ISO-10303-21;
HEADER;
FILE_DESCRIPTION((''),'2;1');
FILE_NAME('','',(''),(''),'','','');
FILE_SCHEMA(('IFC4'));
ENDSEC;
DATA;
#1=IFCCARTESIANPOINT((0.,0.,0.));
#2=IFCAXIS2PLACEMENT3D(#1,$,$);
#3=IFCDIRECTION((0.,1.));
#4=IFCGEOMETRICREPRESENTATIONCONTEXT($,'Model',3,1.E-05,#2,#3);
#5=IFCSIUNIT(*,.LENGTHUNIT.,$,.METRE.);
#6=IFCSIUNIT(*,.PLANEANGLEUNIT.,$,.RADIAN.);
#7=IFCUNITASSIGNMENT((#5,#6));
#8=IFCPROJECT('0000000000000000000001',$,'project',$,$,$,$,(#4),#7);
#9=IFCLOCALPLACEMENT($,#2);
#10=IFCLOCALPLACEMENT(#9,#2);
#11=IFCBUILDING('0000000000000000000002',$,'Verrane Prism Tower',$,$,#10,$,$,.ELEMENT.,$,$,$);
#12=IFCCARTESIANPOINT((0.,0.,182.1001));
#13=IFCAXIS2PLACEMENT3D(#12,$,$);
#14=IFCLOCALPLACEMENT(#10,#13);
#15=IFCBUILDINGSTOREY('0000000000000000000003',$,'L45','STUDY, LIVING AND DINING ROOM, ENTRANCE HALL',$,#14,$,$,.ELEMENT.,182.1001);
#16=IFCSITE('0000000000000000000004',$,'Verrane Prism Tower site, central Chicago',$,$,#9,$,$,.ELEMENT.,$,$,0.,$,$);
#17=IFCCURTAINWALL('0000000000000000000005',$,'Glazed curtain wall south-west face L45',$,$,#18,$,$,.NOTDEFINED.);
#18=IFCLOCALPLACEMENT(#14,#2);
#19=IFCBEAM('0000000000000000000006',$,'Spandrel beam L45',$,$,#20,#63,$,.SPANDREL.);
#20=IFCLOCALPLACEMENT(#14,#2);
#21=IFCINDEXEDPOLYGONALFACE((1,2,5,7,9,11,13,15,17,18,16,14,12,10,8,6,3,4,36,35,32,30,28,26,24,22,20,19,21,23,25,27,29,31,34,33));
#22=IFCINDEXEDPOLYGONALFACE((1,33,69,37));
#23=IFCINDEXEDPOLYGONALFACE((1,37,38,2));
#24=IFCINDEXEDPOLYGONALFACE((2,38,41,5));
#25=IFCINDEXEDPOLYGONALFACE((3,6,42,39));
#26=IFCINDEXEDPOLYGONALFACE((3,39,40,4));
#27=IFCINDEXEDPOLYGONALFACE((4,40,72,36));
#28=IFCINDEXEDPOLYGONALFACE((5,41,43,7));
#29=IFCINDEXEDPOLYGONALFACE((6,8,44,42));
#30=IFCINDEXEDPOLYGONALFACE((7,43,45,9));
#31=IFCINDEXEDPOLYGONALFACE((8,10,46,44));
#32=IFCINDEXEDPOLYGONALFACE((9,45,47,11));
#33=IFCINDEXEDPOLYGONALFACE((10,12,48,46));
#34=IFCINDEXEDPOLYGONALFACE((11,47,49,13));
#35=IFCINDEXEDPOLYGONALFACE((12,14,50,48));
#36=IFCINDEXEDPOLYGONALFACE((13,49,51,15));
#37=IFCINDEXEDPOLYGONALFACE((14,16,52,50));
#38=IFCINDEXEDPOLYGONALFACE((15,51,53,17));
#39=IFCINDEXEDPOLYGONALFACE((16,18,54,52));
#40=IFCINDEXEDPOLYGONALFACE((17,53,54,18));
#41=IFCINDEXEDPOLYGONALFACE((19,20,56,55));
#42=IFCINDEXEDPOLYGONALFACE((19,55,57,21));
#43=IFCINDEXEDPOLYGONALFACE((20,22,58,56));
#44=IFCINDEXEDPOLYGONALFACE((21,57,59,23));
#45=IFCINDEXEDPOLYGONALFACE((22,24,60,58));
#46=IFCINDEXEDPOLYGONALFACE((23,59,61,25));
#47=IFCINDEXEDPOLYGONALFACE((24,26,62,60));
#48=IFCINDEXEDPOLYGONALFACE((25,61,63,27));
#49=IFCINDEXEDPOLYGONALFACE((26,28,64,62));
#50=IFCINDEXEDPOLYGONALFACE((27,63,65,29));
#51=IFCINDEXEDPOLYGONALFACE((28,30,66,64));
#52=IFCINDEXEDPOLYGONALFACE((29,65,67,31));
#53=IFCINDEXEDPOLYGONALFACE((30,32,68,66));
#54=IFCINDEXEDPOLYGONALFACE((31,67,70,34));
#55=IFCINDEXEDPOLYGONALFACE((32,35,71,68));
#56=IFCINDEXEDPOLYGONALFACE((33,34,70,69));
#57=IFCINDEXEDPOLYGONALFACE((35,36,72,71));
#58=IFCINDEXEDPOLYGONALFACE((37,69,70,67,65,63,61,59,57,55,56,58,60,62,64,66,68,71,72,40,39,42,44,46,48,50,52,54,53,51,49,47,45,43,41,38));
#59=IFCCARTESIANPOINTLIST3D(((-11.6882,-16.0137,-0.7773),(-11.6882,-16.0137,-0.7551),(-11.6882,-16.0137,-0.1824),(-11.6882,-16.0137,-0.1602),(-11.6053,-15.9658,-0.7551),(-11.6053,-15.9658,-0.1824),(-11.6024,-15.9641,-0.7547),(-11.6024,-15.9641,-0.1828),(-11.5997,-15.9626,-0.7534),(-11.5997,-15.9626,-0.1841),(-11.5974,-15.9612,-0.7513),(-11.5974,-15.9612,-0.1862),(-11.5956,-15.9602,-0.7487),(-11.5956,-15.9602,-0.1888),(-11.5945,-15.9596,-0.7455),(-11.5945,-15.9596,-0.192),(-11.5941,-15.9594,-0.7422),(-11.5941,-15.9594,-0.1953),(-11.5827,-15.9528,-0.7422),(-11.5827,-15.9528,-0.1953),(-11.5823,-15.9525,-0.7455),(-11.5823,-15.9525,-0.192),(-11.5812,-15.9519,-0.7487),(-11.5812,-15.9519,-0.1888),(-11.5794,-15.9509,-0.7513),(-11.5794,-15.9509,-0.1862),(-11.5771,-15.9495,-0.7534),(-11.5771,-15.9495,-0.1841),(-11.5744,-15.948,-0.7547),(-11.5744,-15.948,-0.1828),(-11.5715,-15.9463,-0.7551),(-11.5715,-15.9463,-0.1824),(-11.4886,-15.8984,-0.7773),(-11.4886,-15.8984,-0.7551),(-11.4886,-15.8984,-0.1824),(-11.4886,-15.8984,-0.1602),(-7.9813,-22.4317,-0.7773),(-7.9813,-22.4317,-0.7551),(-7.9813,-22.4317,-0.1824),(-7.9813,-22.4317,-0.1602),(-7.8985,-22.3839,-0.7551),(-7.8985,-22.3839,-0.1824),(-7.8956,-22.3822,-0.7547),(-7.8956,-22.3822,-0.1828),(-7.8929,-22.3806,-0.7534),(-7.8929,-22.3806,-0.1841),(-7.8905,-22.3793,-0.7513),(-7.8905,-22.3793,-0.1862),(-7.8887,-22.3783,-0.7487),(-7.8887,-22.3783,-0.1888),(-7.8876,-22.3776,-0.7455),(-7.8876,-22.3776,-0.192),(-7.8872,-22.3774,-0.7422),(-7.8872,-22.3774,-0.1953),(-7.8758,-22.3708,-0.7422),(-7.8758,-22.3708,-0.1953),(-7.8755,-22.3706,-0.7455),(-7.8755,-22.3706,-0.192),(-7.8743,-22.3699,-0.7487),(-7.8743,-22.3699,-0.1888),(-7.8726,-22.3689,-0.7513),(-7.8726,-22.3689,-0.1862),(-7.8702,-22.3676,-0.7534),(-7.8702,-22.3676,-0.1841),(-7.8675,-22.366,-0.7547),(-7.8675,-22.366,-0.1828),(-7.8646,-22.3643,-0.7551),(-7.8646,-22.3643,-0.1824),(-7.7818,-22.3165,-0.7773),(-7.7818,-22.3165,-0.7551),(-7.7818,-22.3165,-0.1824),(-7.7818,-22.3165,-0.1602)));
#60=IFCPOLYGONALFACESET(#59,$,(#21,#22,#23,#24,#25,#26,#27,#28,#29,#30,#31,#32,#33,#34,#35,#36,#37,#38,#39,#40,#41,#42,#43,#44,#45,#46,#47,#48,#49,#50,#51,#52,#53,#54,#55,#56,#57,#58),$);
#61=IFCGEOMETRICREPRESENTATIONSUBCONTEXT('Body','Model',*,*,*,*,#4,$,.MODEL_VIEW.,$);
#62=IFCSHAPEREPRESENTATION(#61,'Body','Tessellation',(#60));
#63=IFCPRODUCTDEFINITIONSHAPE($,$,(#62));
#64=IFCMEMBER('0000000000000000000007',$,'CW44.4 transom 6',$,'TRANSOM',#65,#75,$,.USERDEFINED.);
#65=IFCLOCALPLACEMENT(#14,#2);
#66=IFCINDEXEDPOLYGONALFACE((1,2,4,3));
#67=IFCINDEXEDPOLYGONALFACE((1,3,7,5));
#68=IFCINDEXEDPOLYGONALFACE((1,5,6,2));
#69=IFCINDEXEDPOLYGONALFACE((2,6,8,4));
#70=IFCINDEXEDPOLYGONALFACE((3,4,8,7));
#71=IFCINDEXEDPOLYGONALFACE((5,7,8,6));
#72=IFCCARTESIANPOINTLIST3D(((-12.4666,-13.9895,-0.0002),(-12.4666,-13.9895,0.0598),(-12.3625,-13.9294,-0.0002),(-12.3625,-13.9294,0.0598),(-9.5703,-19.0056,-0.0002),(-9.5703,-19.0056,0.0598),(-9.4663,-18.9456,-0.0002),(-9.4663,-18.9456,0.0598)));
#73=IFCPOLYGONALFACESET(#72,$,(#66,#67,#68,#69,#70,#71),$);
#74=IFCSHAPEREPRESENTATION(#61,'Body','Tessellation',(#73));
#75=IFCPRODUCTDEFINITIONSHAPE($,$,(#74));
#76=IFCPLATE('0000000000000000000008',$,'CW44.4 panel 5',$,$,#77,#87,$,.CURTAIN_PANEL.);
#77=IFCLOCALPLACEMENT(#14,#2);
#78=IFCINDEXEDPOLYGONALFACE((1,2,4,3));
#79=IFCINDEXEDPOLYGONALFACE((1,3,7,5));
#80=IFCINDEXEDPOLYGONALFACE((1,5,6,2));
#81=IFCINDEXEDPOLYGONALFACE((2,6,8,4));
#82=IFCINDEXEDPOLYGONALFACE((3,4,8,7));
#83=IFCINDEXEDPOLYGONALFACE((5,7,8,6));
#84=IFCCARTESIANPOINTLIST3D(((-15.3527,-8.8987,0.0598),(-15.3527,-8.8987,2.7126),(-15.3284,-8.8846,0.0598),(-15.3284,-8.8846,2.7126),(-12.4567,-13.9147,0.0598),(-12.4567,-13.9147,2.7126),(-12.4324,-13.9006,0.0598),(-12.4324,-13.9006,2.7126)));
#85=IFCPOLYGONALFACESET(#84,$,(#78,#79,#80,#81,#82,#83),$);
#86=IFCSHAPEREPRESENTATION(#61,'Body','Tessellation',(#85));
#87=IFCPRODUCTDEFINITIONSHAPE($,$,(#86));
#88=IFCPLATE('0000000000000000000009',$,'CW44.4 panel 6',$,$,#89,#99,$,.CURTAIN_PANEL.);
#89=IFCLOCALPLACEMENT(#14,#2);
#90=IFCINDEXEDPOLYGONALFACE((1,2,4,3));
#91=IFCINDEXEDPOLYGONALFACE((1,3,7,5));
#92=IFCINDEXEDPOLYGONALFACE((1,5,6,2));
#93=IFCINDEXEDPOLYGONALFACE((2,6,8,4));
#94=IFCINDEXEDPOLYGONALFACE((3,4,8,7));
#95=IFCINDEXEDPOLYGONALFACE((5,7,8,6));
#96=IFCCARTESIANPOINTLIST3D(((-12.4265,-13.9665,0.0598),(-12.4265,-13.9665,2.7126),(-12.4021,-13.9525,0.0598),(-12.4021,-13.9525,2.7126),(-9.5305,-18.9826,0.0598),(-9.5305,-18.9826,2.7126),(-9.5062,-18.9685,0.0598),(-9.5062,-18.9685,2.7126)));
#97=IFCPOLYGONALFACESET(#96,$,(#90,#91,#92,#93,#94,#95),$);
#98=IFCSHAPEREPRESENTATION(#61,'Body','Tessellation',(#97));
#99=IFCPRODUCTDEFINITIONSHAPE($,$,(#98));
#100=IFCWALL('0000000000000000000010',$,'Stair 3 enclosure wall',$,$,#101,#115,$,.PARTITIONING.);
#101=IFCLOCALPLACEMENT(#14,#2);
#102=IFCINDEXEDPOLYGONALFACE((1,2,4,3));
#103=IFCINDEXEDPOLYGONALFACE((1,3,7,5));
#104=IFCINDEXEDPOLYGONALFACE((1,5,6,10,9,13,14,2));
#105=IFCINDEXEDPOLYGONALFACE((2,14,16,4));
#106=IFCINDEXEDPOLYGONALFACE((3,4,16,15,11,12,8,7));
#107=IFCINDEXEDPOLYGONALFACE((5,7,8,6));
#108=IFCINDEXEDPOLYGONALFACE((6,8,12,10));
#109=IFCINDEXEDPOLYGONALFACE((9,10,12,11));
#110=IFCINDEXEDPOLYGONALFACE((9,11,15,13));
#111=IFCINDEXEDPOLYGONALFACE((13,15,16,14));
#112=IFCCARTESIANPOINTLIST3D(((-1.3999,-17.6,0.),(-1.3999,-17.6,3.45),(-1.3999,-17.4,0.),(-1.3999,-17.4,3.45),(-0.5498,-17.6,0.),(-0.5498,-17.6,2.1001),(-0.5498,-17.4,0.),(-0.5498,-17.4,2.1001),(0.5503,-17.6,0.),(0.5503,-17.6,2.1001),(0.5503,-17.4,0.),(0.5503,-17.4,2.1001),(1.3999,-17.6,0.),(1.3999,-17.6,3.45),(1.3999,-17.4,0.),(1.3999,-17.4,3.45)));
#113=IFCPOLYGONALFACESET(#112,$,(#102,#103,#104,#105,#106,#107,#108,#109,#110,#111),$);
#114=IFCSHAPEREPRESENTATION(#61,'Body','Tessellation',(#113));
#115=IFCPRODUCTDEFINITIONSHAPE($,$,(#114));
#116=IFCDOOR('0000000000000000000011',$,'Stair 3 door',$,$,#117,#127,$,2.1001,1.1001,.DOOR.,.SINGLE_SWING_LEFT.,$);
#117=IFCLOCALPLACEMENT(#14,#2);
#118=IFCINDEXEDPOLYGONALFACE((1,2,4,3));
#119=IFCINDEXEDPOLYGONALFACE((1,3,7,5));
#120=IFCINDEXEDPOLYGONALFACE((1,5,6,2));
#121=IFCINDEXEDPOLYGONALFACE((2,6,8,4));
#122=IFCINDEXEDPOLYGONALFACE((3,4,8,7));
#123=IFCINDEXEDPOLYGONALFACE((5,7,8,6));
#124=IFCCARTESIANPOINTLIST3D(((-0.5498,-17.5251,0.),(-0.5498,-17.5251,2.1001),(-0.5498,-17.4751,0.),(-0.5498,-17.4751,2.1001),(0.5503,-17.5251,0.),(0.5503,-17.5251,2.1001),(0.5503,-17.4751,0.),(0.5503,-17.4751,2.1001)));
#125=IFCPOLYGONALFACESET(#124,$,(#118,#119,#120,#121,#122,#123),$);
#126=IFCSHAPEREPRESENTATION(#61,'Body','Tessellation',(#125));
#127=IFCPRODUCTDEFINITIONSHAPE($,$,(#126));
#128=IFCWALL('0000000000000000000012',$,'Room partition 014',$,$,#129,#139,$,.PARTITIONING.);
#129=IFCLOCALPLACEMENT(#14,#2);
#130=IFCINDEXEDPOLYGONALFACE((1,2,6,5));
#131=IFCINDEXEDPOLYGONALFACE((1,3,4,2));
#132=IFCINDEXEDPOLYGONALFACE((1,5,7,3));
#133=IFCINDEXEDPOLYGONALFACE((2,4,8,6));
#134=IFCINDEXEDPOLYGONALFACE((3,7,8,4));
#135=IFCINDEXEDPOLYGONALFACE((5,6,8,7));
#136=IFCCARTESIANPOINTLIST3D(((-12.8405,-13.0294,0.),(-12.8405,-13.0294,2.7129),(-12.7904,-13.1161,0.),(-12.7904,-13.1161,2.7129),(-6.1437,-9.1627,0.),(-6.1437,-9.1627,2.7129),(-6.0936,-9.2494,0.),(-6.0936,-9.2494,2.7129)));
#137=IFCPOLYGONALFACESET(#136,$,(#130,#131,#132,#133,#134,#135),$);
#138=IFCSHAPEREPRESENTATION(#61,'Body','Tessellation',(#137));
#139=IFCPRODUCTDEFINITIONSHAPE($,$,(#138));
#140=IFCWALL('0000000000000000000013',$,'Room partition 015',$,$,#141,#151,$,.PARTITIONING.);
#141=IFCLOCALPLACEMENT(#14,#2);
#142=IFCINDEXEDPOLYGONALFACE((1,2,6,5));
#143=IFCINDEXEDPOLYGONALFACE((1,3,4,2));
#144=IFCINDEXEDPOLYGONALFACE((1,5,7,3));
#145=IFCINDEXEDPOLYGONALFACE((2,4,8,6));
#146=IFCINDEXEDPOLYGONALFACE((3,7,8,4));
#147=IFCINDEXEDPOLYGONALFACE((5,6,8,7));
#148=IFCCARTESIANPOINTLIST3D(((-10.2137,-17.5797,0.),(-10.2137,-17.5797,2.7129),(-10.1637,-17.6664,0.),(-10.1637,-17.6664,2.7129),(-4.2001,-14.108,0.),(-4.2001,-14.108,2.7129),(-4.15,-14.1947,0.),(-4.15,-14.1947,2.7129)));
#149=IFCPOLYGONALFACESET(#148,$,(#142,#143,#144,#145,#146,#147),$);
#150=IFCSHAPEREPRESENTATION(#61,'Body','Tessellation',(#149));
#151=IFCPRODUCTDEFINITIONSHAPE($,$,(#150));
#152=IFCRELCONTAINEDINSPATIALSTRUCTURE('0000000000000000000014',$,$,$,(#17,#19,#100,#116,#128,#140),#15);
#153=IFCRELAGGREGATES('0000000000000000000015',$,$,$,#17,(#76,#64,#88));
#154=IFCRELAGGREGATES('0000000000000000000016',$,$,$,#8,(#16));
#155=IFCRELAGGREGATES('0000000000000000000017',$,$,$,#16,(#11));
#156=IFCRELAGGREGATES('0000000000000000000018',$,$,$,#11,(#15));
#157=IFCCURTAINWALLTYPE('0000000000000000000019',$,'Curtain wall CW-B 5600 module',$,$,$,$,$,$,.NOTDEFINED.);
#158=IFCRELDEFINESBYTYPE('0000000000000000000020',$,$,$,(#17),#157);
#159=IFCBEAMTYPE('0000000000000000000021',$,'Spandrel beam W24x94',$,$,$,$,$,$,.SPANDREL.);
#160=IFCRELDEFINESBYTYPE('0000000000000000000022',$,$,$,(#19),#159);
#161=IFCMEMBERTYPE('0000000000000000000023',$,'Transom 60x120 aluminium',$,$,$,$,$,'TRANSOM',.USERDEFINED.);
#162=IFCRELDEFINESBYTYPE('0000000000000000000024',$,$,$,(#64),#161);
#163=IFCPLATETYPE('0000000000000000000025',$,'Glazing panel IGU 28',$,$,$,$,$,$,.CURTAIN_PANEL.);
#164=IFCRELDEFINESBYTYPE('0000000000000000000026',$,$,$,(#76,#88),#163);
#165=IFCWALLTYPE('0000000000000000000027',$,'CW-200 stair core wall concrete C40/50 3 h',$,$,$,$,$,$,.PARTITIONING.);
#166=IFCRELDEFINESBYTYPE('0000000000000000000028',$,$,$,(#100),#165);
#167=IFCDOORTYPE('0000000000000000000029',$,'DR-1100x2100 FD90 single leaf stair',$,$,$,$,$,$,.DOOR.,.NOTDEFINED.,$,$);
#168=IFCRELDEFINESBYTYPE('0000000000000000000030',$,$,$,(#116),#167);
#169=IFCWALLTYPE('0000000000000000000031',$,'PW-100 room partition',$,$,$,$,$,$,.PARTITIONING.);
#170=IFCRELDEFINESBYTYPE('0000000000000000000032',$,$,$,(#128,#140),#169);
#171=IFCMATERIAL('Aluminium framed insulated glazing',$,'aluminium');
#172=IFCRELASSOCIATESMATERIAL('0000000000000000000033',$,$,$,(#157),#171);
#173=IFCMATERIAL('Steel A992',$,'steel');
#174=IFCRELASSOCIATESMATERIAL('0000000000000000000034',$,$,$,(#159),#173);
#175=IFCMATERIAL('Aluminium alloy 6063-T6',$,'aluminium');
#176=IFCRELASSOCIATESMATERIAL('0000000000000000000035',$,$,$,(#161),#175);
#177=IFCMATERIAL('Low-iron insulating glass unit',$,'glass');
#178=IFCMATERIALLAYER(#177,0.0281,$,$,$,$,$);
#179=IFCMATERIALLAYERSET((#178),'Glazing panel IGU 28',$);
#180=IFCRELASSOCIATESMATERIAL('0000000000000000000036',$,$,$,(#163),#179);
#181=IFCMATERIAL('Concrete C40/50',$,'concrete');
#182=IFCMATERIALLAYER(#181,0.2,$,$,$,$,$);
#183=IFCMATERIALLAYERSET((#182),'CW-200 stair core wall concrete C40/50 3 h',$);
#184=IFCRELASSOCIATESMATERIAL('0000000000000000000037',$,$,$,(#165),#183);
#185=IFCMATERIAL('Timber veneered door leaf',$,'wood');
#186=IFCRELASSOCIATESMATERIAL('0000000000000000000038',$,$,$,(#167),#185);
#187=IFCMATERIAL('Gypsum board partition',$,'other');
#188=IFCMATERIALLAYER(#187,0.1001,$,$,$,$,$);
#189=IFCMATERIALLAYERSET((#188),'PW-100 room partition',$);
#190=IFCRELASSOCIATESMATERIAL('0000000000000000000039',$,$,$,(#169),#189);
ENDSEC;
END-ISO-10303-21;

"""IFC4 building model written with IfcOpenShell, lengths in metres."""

from ifc_helpers import new_model, si_unit, direction, frame, frame_2d, origin, origin_2d, place, context, subcontext, project, spatial, rectangle, i_section, extrude, material, layer, layer_set, material_profile, profile_set, type_object, element, fill, aggregate, save


model = new_model("IFC4")

# Units and contexts
model_context = context("Model", 3, precision=1e-05, world=origin(), true_north=direction((0.0, 1.0)))
body_context = subcontext(model_context, "Body", "Model", "MODEL_VIEW")
ifc_project = project(units=[si_unit("LENGTHUNIT", "METRE"), si_unit("PLANEANGLEUNIT", "RADIAN")], contexts=[model_context])

# Site, building, storey
site_placement = place(None, origin())
site = spatial("IfcSite", under=ifc_project, at=site_placement, Name="Verrane Prism Tower site, central Chicago", CompositionType="ELEMENT", RefElevation=0.0)
building_placement = place(site_placement, origin())
building = spatial("IfcBuilding", under=site, at=building_placement, Name="Verrane Prism Tower", CompositionType="ELEMENT")
storey_placement = place(building_placement, frame((0.0, 0.0, 182.1001)))
storey = spatial("IfcBuildingStorey", under=building, at=storey_placement, Name="L45", Description="STUDY, LIVING AND DINING ROOM, ENTRANCE HALL", CompositionType="ELEMENT", Elevation=182.1001)

# Curtain wall
ifc_material_1 = material(Name="Aluminium framed insulated glazing", Category="aluminium")
curtain_wall_type = type_object("IfcCurtainWallType", Name="Curtain wall CW-B 5600 module", PredefinedType="NOTDEFINED", material=ifc_material_1)
curtain_wall_placement = place(storey_placement, origin())
curtain_wall = element("IfcCurtainWall", 1, at=curtain_wall_placement, inside=storey, type_object=curtain_wall_type, Name="Glazed curtain wall south-west face L45", PredefinedType="NOTDEFINED")

# Beam
ifc_material_2 = material(Name="Steel A992", Category="steel")
ifc_material_profile_1 = material_profile(ifc_material_2, i_section(OverallWidth=0.2305, OverallDepth=0.6172, WebThickness=0.0132, FlangeThickness=0.0222, FilletRadius=0.0129, at=origin_2d()), Name="W24x94")
ifc_profile_set_1 = profile_set([ifc_material_profile_1], Name="Steel A992")
beam_type_1 = type_object("IfcBeamType", Name="Spandrel beam W24x94", PredefinedType="SPANDREL", material=ifc_profile_set_1)
for number, where, z_axis, x_axis, name in (
    (2, (-11.5884, -15.9561, -0.4688), (0.500139, -0.865945, 0.0), (0.865945, 0.500139, 0.0), "Spandrel beam L45"),
):
    element("IfcBeam", number, at=place(storey_placement, frame(where, z_axis=z_axis, x_axis=x_axis)), inside=storey, type_object=beam_type_1, Name=name, PredefinedType="SPANDREL", context=body_context, shape_type="SweptSolid", body=[
        extrude(i_section(OverallWidth=0.2305, OverallDepth=0.6172, WebThickness=0.0132, FlangeThickness=0.0222, FilletRadius=0.0129, at=origin_2d()), origin(), (0.0, 0.0, 1.0), 7.4116),
    ])

# Member
ifc_material_3 = material(Name="Aluminium alloy 6063-T6", Category="aluminium")
ifc_material_profile_2 = material_profile(ifc_material_3, rectangle(XDim=0.1201, YDim=0.0601, at=origin_2d()), Name="Transom 60x120 aluminium")
ifc_profile_set_2 = profile_set([ifc_material_profile_2], Name="Aluminium alloy 6063-T6")
member_type_1 = type_object("IfcMemberType", Name="Transom 60x120 aluminium", ElementType="TRANSOM", PredefinedType="USERDEFINED", material=ifc_profile_set_2)
member_1_placement = place(storey_placement, frame((-12.4146, -13.9595, 0.0298), z_axis=(0.500024, -0.866012, 0.0), x_axis=(0.866012, 0.500024, 0.0)))
member_1 = element("IfcMember", 3, at=member_1_placement, type_object=member_type_1, Name="CW44.4 transom 6", ObjectType="TRANSOM", PredefinedType="USERDEFINED", context=body_context, shape_type="SweptSolid", body=[
    extrude(rectangle(XDim=0.1201, YDim=0.0601, at=origin_2d()), origin(), (0.0, 0.0, 1.0), 5.7922),
])

# Plates
ifc_material_4 = material(Name="Low-iron insulating glass unit", Category="glass")
ifc_layer_1 = layer(ifc_material_4, 0.0281)
ifc_layer_set_1 = layer_set([ifc_layer_1], Name="Glazing panel IGU 28")
plate_type = type_object("IfcPlateType", Name="Glazing panel IGU 28", PredefinedType="CURTAIN_PANEL", material=ifc_layer_set_1)
plate_1_placement = place(storey_placement, frame((-13.8926, -11.3997, 0.0598), z_axis=(0.0, 0.0, 1.0), x_axis=(0.499999, -0.866026, 0.0)))
plate_1 = element("IfcPlate", 4, at=plate_1_placement, type_object=plate_type, Name="CW44.4 panel 5", PredefinedType="CURTAIN_PANEL", context=body_context, shape_type="SweptSolid", body=[
    extrude(rectangle(XDim=5.792, YDim=0.0281, at=origin_2d()), origin(), (0.0, 0.0, 1.0), 2.6528),
])
plate_2_placement = place(storey_placement, frame((-10.9663, -16.4675, 0.0598), z_axis=(0.0, 0.0, 1.0), x_axis=(0.499999, -0.866026, 0.0)))
plate_2 = element("IfcPlate", 5, at=plate_2_placement, type_object=plate_type, Name="CW44.4 panel 6", PredefinedType="CURTAIN_PANEL", context=body_context, shape_type="SweptSolid", body=[
    extrude(rectangle(XDim=5.792, YDim=0.0281, at=origin_2d()), origin(), (0.0, 0.0, 1.0), 2.6528),
])
aggregate(curtain_wall, [plate_1, member_1, plate_2])

# Wall, opening, door
ifc_material_5 = material(Name="Concrete C40/50", Category="concrete")
ifc_layer_2 = layer(ifc_material_5, 0.2)
ifc_layer_set_2 = layer_set([ifc_layer_2], Name="CW-200 stair core wall concrete C40/50 3 h")
wall_type_1 = type_object("IfcWallType", Name="CW-200 stair core wall concrete C40/50 3 h", PredefinedType="PARTITIONING", material=ifc_layer_set_2)
wall_1_placement = place(storey_placement, frame((-1.3999, -17.5, 0.0), z_axis=(0.0, 0.0, 1.0), x_axis=(1.0, 0.0, 0.0)))
wall_1 = element("IfcWall", 6, at=wall_1_placement, inside=storey, type_object=wall_type_1, Name="Stair 3 enclosure wall", PredefinedType="PARTITIONING", context=body_context, shape_type="SweptSolid", body=[
    extrude(rectangle(XDim=2.7998, YDim=0.2, at=frame_2d((1.3999, 0.0))), origin(), (0.0, 0.0, 1.0), 3.45),
])
opening_1_placement = place(wall_1_placement, frame((0.8501, 0.0, 0.0)))
opening_1 = element("IfcOpeningElement", 7, at=opening_1_placement, cuts=wall_1, PredefinedType="OPENING", context=body_context, shape_type="SweptSolid", body=[
    extrude(rectangle(XDim=1.1001, YDim=2.1001, at=frame_2d((0.55, 1.05))), frame((0.0, 0.1099, 0.0), z_axis=(0.0, -1.0, 0.0), x_axis=(1.0, 0.0, 0.0)), (0.0, 0.0, 1.0), 0.22),
])
ifc_material_6 = material(Name="Timber veneered door leaf", Category="wood")
door_type_1 = type_object("IfcDoorType", Name="DR-1100x2100 FD90 single leaf stair", OperationType="NOTDEFINED", PredefinedType="DOOR", material=ifc_material_6)
door_1_placement = place(opening_1_placement, origin())
door_1 = element("IfcDoor", 8, at=door_1_placement, inside=storey, type_object=door_type_1, Name="Stair 3 door", OperationType="SINGLE_SWING_LEFT", OverallHeight=2.1001, OverallWidth=1.1001, PredefinedType="DOOR", context=body_context, shape_type="SweptSolid", body=[
    extrude(rectangle(XDim=1.1001, YDim=2.1001, at=frame_2d((0.55, 1.05))), frame((0.0, 0.0249, 0.0), z_axis=(0.0, -1.0, 0.0), x_axis=(1.0, 0.0, 0.0)), (0.0, 0.0, 1.0), 0.05),
])
fill(opening_1, door_1)

# Walls
ifc_material_7 = material(Name="Gypsum board partition", Category="other")
ifc_layer_3 = layer(ifc_material_7, 0.1001)
ifc_layer_set_3 = layer_set([ifc_layer_3], Name="PW-100 room partition")
wall_type_2 = type_object("IfcWallType", Name="PW-100 room partition", PredefinedType="PARTITIONING", material=ifc_layer_set_3)
wall_2_placement = place(storey_placement, frame((-12.8154, -13.0728, 0.0), z_axis=(0.0, 0.0, 1.0), x_axis=(0.866008, 0.50003, 0.0)))
element("IfcWall", 9, at=wall_2_placement, inside=storey, type_object=wall_type_2, Name="Room partition 014", PredefinedType="PARTITIONING", context=body_context, shape_type="SweptSolid", body=[
    extrude(rectangle(XDim=7.7329, YDim=0.1001, at=frame_2d((3.8665, 0.0))), origin(), (0.0, 0.0, 1.0), 2.7129),
])
wall_3_placement = place(storey_placement, frame((-10.1887, -17.623, 0.0), z_axis=(0.0, 0.0, 1.0), x_axis=(0.866045, 0.499966, 0.0)))
element("IfcWall", 10, at=wall_3_placement, inside=storey, type_object=wall_type_2, Name="Room partition 015", PredefinedType="PARTITIONING", context=body_context, shape_type="SweptSolid", body=[
    extrude(rectangle(XDim=6.9438, YDim=0.1001, at=frame_2d((3.4719, 0.0))), origin(), (0.0, 0.0, 1.0), 2.7129),
])

save(model, "model.ifc")
